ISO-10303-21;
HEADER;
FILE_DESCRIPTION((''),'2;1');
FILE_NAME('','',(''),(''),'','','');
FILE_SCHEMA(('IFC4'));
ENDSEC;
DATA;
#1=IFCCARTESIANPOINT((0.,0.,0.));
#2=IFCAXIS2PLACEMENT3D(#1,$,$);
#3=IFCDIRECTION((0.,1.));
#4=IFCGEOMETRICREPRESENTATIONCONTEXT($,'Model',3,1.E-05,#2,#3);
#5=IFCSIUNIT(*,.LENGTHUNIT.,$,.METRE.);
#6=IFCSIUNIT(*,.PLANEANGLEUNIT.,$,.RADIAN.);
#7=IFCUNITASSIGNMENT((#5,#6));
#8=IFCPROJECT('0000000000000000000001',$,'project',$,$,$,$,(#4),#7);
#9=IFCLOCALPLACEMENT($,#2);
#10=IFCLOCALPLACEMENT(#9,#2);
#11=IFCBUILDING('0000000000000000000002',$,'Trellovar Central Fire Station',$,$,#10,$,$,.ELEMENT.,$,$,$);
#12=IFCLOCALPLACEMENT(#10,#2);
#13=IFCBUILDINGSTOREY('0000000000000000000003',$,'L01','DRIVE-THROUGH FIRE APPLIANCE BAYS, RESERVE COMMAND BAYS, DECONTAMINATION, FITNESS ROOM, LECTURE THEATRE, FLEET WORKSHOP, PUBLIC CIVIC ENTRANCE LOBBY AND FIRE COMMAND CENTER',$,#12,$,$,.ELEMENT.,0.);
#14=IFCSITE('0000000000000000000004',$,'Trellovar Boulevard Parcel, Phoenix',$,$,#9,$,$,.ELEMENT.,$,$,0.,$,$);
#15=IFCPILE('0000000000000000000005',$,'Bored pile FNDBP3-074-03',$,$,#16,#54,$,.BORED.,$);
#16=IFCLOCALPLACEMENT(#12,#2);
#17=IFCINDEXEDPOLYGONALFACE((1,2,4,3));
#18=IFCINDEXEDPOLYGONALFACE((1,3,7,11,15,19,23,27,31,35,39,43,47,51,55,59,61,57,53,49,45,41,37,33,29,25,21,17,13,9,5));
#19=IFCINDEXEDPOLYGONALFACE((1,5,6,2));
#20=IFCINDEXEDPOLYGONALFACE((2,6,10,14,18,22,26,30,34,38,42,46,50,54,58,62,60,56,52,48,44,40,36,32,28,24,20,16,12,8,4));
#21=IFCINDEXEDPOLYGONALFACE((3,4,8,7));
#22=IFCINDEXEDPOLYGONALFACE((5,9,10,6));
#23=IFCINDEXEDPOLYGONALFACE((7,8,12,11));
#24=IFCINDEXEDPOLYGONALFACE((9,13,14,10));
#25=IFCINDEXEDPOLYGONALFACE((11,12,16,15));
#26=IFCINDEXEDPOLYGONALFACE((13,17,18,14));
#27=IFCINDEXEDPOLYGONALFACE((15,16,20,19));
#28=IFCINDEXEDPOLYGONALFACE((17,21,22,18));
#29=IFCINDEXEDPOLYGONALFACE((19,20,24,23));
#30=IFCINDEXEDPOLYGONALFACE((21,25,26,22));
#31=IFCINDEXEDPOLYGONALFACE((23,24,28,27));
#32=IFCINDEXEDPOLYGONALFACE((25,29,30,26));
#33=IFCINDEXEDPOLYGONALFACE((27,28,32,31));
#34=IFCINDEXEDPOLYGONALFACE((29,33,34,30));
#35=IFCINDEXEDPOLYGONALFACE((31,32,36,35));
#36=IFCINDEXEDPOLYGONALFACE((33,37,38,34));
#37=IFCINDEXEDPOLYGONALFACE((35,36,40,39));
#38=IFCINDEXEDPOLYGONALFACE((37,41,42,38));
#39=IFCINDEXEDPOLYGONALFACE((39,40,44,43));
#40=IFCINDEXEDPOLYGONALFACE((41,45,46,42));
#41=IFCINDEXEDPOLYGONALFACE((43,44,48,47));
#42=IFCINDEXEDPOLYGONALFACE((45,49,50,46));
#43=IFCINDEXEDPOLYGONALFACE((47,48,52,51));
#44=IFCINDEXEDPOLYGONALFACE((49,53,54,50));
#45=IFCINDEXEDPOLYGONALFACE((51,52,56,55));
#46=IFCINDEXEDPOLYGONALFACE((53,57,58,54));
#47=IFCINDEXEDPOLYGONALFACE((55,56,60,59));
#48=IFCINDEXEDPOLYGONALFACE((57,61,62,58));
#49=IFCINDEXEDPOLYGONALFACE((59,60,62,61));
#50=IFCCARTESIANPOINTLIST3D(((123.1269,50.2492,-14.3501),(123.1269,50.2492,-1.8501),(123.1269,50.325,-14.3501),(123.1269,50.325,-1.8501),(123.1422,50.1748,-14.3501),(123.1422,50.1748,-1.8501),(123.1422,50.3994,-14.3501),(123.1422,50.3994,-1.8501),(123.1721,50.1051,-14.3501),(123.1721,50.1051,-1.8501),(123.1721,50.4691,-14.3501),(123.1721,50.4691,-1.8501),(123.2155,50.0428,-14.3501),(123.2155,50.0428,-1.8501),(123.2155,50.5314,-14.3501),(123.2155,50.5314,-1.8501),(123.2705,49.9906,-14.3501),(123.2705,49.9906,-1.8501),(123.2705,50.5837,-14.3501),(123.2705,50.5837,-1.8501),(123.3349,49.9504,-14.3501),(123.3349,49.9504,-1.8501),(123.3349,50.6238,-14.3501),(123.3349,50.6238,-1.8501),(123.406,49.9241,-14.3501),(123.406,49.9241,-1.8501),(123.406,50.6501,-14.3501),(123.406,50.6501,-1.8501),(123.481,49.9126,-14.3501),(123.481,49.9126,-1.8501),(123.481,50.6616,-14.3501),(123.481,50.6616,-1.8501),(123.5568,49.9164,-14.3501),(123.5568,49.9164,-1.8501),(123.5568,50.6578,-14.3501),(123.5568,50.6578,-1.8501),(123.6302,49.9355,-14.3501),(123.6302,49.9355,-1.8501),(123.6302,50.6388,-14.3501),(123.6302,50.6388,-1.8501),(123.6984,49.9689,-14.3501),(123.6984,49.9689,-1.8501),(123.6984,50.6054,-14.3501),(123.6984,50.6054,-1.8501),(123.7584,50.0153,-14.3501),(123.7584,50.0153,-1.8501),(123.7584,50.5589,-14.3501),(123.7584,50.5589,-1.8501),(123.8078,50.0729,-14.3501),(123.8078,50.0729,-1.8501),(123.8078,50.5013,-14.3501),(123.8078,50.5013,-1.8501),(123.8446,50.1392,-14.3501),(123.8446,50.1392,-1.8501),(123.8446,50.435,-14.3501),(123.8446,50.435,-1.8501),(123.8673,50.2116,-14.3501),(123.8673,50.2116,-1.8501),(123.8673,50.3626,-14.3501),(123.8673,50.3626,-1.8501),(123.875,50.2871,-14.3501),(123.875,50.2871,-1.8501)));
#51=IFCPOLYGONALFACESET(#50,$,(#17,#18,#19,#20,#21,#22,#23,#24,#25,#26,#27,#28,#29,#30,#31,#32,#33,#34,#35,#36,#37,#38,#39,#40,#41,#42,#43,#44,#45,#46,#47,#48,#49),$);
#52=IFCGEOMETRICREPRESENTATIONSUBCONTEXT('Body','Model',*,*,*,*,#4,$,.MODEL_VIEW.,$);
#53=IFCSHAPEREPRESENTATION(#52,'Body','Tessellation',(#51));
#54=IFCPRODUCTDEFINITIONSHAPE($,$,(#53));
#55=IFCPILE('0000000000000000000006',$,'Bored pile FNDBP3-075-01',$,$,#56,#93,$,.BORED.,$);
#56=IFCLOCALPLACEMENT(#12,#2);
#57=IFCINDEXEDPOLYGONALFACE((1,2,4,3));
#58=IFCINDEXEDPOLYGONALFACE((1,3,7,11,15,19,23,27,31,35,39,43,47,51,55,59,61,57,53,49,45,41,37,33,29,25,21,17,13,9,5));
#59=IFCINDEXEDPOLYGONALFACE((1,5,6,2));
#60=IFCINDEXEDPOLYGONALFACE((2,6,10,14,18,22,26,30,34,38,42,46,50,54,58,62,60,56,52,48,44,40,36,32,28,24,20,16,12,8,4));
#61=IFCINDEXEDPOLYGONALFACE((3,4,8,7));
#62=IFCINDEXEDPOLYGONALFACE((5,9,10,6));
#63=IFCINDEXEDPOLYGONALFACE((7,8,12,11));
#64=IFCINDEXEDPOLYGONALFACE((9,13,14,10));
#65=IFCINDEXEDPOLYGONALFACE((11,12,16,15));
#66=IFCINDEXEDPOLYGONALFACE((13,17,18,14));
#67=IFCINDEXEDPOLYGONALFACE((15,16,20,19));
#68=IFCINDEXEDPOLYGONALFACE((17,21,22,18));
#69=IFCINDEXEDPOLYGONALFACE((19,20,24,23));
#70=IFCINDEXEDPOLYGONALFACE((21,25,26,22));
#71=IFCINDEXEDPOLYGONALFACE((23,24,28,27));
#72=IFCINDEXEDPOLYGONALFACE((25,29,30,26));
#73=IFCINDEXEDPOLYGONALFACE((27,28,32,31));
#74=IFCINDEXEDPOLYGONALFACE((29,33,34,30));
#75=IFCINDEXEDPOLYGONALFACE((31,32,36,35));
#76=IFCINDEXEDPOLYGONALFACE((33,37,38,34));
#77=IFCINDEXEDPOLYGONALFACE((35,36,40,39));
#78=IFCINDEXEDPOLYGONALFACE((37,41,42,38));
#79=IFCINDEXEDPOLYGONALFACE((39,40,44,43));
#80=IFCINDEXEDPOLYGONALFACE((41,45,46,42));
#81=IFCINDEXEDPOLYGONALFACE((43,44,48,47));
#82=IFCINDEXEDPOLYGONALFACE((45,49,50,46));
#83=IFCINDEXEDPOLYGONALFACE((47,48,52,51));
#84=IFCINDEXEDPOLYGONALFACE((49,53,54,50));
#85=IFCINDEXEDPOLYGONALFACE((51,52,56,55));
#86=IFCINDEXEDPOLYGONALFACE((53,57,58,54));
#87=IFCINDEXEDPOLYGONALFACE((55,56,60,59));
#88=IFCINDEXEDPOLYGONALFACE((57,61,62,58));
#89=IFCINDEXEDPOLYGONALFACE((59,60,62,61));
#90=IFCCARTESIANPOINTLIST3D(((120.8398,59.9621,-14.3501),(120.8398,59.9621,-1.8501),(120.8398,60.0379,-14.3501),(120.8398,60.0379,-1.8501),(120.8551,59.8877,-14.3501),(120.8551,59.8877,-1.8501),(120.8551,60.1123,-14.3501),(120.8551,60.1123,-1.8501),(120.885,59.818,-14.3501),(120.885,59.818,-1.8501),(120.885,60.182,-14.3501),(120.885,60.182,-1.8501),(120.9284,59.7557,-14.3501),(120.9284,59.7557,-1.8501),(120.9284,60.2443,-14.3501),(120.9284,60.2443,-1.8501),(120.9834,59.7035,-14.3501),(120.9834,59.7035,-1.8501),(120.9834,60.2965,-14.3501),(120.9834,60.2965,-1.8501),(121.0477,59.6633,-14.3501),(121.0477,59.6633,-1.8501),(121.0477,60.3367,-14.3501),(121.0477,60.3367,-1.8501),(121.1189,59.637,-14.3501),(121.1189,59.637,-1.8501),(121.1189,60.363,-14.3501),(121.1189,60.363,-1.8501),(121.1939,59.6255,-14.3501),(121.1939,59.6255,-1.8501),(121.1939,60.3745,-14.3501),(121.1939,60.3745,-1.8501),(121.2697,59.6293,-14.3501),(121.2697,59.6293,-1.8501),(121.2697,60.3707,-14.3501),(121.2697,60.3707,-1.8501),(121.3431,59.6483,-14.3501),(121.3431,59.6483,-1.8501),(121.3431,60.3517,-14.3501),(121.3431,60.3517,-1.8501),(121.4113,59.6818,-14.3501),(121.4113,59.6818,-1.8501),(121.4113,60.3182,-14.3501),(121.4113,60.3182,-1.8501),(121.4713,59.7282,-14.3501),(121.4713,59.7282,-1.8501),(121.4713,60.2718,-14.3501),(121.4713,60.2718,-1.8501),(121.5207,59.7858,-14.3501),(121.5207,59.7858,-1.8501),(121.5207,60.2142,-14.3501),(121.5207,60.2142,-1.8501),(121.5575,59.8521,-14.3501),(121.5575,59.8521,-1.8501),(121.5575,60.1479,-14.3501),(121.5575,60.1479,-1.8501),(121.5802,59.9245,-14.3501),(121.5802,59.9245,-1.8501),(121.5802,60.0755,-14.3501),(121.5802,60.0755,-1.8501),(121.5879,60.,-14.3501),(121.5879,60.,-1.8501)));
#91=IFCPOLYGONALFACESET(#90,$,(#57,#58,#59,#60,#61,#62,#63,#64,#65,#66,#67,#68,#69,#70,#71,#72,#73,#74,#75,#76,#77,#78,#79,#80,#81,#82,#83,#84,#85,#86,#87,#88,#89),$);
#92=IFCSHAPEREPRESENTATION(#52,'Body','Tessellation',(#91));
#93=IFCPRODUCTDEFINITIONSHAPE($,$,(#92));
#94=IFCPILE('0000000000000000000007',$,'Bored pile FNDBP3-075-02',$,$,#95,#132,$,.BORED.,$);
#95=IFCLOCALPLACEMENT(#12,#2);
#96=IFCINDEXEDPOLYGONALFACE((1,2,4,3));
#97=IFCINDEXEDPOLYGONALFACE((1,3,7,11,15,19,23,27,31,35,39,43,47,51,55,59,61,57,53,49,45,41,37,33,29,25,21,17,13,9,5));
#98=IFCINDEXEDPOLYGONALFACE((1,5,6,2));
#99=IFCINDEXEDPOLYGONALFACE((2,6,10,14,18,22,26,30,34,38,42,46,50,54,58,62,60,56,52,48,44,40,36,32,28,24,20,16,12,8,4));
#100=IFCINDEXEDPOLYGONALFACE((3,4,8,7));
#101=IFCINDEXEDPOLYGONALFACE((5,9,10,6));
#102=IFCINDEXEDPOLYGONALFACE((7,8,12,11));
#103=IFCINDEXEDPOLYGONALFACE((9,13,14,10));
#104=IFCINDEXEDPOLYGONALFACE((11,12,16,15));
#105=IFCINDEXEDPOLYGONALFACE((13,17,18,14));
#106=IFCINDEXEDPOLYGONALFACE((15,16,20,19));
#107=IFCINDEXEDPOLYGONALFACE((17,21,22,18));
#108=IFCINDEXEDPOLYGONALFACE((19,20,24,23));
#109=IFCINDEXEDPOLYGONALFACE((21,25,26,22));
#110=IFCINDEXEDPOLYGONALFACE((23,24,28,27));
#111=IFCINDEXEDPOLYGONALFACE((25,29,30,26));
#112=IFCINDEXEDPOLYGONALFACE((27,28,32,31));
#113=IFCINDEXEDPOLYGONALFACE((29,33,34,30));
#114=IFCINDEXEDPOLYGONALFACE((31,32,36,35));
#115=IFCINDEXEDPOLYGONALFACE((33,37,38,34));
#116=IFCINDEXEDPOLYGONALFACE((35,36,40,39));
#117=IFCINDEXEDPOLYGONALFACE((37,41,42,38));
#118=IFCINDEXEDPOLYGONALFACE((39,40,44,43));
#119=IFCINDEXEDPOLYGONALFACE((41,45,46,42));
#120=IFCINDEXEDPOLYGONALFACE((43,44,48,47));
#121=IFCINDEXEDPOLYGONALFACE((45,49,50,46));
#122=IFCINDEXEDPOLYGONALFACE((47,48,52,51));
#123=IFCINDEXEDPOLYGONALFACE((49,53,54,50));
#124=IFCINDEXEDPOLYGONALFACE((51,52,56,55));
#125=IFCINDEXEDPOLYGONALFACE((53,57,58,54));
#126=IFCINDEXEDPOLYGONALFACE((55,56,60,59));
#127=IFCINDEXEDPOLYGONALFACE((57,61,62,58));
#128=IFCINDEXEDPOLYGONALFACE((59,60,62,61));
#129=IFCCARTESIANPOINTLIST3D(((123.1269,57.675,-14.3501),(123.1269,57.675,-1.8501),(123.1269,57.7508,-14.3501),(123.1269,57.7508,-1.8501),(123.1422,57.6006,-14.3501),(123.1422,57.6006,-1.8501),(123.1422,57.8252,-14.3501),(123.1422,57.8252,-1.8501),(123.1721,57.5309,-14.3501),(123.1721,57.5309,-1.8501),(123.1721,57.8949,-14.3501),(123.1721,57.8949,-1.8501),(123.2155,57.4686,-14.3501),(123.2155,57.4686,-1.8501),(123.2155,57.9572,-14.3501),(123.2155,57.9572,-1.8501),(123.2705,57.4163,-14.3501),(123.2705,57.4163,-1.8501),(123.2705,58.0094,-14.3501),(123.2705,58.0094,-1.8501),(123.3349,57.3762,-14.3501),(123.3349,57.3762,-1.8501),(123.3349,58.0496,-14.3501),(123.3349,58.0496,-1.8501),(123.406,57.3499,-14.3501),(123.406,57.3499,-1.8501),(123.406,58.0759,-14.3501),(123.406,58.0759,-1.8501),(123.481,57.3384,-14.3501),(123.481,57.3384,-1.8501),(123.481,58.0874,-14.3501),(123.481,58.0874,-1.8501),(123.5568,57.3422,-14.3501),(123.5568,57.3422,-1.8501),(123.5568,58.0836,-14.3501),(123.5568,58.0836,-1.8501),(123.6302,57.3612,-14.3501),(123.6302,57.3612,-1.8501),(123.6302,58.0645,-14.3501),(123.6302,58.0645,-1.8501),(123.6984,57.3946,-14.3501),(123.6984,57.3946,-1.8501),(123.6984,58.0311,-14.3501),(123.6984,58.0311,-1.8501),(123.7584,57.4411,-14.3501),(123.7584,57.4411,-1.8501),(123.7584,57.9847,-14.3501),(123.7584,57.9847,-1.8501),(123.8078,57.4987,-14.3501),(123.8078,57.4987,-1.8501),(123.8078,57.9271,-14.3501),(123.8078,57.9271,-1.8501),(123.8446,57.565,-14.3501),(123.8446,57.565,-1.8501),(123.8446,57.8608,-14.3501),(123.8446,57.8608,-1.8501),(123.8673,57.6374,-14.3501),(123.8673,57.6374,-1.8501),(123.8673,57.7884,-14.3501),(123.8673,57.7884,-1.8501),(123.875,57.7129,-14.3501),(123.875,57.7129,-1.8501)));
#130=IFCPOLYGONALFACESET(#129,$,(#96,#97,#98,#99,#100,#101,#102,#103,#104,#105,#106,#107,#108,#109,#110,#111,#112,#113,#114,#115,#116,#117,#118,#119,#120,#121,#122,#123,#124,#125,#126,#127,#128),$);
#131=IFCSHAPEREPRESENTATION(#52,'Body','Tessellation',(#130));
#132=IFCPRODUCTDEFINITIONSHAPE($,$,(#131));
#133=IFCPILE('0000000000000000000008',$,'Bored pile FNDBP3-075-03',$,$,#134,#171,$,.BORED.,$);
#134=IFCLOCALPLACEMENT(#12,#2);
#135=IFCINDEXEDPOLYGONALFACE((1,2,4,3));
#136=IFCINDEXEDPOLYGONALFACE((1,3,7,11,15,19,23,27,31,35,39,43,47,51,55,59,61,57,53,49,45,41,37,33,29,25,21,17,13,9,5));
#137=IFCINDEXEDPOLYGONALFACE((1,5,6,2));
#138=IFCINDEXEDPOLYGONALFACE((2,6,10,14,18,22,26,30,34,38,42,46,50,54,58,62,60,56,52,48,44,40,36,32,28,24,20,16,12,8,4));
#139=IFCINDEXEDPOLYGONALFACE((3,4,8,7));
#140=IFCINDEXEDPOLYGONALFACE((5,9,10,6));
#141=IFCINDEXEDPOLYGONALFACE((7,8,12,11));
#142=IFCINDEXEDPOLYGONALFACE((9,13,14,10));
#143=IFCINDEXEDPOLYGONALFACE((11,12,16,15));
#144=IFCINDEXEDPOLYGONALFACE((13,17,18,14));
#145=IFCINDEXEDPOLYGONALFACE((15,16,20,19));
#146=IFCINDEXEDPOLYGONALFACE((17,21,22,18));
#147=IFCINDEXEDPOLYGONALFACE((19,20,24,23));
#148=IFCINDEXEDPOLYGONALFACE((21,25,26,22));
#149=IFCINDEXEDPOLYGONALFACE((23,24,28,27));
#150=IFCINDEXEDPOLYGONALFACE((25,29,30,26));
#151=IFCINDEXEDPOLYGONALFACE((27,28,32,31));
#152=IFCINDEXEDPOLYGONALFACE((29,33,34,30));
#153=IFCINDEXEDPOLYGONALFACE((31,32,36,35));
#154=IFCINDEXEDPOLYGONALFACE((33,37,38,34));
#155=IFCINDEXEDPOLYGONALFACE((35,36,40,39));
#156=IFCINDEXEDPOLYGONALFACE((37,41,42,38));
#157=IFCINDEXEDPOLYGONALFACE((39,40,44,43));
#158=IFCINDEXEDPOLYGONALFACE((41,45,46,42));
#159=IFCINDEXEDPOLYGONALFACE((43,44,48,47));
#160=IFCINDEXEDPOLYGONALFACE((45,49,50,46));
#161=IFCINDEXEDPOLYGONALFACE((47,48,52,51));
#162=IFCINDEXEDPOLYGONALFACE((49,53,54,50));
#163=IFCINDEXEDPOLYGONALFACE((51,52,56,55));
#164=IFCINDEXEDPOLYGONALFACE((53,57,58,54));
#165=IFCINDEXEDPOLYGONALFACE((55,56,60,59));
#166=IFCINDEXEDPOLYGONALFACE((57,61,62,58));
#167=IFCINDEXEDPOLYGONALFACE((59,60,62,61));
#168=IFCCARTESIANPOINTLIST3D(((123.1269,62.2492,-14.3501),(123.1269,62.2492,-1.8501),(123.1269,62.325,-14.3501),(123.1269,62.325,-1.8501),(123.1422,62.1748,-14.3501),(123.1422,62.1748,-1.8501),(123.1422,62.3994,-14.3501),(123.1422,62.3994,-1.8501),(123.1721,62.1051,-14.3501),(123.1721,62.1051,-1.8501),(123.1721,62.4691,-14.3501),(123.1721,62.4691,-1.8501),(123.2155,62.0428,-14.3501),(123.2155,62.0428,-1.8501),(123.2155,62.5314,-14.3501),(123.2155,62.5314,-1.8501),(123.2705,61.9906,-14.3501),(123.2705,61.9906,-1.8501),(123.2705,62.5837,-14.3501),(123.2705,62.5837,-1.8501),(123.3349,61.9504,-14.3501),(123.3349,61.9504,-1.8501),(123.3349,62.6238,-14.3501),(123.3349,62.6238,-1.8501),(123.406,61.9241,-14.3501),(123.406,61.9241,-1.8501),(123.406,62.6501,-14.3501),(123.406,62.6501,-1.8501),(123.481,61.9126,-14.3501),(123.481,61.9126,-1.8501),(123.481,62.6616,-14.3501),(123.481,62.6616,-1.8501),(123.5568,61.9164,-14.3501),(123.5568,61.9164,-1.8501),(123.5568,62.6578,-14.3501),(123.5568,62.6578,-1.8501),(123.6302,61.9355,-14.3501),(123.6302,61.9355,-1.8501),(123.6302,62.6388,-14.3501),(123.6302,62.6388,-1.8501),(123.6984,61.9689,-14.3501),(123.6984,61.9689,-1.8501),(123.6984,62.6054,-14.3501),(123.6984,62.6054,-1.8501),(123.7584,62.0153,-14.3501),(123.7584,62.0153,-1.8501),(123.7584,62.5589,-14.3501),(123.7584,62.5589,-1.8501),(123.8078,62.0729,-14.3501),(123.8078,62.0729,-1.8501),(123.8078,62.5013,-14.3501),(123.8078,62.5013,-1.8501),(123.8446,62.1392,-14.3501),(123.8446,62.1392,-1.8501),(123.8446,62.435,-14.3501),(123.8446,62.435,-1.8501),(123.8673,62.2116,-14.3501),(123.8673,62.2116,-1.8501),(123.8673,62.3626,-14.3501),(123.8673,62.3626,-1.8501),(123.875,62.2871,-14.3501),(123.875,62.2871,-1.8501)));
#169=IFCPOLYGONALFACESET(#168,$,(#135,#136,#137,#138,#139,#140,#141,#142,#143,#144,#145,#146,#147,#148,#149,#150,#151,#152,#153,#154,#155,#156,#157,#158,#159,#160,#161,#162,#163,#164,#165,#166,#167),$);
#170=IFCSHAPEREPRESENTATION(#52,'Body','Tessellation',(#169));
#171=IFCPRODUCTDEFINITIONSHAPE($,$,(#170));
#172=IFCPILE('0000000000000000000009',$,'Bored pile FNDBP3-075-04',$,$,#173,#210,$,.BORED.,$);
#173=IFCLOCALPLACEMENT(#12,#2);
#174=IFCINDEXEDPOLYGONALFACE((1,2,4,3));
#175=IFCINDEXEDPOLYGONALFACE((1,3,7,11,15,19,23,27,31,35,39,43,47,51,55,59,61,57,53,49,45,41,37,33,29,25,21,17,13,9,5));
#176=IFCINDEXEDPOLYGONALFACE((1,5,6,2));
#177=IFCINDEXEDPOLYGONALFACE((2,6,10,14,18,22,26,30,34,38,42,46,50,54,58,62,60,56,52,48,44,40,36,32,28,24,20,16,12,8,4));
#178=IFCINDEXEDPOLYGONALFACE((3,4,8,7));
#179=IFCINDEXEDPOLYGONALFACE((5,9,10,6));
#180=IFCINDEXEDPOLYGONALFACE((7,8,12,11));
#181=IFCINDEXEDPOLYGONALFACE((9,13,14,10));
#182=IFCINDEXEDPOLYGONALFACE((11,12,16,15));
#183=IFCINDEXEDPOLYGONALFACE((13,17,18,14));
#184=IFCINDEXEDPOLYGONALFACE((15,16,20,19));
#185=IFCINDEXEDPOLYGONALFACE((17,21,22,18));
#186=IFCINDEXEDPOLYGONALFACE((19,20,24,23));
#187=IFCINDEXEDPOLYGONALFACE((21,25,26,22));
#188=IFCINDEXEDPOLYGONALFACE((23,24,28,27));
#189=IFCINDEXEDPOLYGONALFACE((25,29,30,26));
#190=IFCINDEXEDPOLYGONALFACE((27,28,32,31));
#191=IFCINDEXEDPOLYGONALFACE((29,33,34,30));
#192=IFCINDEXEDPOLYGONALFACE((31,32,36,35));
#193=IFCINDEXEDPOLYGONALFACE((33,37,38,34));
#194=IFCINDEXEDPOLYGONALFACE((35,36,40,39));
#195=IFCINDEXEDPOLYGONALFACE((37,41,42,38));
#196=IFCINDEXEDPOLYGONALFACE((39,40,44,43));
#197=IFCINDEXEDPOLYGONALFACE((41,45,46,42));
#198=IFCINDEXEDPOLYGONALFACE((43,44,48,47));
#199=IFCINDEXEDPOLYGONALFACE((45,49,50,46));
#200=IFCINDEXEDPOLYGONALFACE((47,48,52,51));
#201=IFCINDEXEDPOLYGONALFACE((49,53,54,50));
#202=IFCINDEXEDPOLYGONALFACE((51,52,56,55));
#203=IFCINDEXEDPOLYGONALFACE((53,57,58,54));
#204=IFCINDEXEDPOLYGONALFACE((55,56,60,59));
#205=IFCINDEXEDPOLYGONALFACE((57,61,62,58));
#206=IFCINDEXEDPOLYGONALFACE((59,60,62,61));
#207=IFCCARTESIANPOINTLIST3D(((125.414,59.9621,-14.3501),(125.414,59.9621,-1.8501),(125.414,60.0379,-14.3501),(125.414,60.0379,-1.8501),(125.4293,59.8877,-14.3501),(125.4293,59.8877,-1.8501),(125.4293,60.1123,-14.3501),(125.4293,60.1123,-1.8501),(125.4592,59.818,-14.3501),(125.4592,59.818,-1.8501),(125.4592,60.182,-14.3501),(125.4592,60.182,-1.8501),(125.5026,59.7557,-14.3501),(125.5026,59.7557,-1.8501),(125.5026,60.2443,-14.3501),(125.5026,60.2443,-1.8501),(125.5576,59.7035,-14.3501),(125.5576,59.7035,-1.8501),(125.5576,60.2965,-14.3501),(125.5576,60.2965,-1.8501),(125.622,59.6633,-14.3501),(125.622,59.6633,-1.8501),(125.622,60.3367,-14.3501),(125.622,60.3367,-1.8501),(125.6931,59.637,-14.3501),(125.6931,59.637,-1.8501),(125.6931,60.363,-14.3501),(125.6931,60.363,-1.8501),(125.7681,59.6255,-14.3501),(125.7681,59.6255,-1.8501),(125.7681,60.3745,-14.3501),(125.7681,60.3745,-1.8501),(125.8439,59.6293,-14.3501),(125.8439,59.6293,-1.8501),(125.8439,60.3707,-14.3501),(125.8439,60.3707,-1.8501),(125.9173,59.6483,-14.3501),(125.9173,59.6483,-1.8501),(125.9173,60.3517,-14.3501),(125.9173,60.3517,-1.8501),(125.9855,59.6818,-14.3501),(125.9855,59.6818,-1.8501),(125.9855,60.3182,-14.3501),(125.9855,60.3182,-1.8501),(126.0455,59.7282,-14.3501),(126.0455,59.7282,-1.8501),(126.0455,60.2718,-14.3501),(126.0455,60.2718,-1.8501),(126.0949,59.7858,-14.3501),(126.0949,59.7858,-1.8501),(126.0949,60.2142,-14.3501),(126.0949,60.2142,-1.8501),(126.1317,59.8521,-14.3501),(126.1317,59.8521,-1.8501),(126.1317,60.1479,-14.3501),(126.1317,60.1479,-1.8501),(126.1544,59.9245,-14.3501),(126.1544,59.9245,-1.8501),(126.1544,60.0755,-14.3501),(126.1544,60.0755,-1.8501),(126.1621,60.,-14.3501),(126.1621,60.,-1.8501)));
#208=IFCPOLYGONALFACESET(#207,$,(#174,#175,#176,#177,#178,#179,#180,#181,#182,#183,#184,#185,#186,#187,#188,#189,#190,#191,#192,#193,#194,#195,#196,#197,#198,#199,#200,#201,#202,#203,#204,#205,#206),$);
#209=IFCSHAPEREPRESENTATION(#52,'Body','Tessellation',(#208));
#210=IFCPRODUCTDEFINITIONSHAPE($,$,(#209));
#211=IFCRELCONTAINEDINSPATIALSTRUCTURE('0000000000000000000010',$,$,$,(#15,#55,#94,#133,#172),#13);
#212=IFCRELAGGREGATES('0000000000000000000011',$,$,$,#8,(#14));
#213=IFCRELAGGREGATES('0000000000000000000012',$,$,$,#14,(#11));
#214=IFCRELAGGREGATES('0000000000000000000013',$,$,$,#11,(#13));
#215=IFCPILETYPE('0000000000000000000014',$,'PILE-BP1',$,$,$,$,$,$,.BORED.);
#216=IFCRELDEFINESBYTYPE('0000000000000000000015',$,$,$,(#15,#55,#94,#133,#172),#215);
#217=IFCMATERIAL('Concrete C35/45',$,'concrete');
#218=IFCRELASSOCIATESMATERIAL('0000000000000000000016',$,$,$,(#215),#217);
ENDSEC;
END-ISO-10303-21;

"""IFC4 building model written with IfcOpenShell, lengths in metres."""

from ifc_helpers import new_model, si_unit, direction, frame, origin, origin_2d, place, context, subcontext, project, spatial, circle, extrude, material, material_profile, profile_set, type_object, element, save


model = new_model("IFC4")

# Units and contexts
model_context = context("Model", 3, precision=1e-05, world=origin(), true_north=direction((0.0, 1.0)))
body_context = subcontext(model_context, "Body", "Model", "MODEL_VIEW")
ifc_project = project(units=[si_unit("LENGTHUNIT", "METRE"), si_unit("PLANEANGLEUNIT", "RADIAN")], contexts=[model_context])

# Site, building, storey
site_placement = place(None, origin())
site = spatial("IfcSite", under=ifc_project, at=site_placement, Name="Trellovar Boulevard Parcel, Phoenix", CompositionType="ELEMENT", RefElevation=0.0)
building_placement = place(site_placement, origin())
building = spatial("IfcBuilding", under=site, at=building_placement, Name="Trellovar Central Fire Station", CompositionType="ELEMENT")
storey_placement = place(building_placement, origin())
storey = spatial("IfcBuildingStorey", under=building, at=storey_placement, Name="L01", Description="DRIVE-THROUGH FIRE APPLIANCE BAYS, RESERVE COMMAND BAYS, DECONTAMINATION, FITNESS ROOM, LECTURE THEATRE, FLEET WORKSHOP, PUBLIC CIVIC ENTRANCE LOBBY AND FIRE COMMAND CENTER", CompositionType="ELEMENT", Elevation=0.0)

# Piles
ifc_material_1 = material(Name="Concrete C35/45", Category="concrete")
ifc_material_profile_1 = material_profile(ifc_material_1, circle(Radius=0.375, at=origin_2d()), Name="PILE750")
ifc_profile_set_1 = profile_set([ifc_material_profile_1], Name="Concrete C35/45")
pile_type_1 = type_object("IfcPileType", Name="PILE-BP1", PredefinedType="BORED", material=ifc_profile_set_1)
for number, where, z_axis, x_axis, name in (
    (1, (123.5, 50.2871, -1.8501), (0.0, 0.0, -1.0), (1.0, 0.0, 0.0), "Bored pile FNDBP3-074-03"),
    (2, (121.2129, 60.0, -1.8501), (0.0, 0.0, -1.0), (1.0, 0.0, 0.0), "Bored pile FNDBP3-075-01"),
    (3, (123.5, 57.7129, -1.8501), (0.0, 0.0, -1.0), (1.0, 0.0, 0.0), "Bored pile FNDBP3-075-02"),
    (4, (123.5, 62.2871, -1.8501), (0.0, 0.0, -1.0), (1.0, 0.0, 0.0), "Bored pile FNDBP3-075-03"),
    (5, (125.7871, 60.0, -1.8501), (0.0, 0.0, -1.0), (1.0, 0.0, 0.0), "Bored pile FNDBP3-075-04"),
):
    element("IfcPile", number, at=place(storey_placement, frame(where, z_axis=z_axis, x_axis=x_axis)), inside=storey, type_object=pile_type_1, Name=name, PredefinedType="BORED", context=body_context, shape_type="SweptSolid", body=[
        extrude(circle(Radius=0.375, at=origin_2d()), origin(), (0.0, 0.0, 1.0), 12.5),
    ])

save(model, "model.ifc")
